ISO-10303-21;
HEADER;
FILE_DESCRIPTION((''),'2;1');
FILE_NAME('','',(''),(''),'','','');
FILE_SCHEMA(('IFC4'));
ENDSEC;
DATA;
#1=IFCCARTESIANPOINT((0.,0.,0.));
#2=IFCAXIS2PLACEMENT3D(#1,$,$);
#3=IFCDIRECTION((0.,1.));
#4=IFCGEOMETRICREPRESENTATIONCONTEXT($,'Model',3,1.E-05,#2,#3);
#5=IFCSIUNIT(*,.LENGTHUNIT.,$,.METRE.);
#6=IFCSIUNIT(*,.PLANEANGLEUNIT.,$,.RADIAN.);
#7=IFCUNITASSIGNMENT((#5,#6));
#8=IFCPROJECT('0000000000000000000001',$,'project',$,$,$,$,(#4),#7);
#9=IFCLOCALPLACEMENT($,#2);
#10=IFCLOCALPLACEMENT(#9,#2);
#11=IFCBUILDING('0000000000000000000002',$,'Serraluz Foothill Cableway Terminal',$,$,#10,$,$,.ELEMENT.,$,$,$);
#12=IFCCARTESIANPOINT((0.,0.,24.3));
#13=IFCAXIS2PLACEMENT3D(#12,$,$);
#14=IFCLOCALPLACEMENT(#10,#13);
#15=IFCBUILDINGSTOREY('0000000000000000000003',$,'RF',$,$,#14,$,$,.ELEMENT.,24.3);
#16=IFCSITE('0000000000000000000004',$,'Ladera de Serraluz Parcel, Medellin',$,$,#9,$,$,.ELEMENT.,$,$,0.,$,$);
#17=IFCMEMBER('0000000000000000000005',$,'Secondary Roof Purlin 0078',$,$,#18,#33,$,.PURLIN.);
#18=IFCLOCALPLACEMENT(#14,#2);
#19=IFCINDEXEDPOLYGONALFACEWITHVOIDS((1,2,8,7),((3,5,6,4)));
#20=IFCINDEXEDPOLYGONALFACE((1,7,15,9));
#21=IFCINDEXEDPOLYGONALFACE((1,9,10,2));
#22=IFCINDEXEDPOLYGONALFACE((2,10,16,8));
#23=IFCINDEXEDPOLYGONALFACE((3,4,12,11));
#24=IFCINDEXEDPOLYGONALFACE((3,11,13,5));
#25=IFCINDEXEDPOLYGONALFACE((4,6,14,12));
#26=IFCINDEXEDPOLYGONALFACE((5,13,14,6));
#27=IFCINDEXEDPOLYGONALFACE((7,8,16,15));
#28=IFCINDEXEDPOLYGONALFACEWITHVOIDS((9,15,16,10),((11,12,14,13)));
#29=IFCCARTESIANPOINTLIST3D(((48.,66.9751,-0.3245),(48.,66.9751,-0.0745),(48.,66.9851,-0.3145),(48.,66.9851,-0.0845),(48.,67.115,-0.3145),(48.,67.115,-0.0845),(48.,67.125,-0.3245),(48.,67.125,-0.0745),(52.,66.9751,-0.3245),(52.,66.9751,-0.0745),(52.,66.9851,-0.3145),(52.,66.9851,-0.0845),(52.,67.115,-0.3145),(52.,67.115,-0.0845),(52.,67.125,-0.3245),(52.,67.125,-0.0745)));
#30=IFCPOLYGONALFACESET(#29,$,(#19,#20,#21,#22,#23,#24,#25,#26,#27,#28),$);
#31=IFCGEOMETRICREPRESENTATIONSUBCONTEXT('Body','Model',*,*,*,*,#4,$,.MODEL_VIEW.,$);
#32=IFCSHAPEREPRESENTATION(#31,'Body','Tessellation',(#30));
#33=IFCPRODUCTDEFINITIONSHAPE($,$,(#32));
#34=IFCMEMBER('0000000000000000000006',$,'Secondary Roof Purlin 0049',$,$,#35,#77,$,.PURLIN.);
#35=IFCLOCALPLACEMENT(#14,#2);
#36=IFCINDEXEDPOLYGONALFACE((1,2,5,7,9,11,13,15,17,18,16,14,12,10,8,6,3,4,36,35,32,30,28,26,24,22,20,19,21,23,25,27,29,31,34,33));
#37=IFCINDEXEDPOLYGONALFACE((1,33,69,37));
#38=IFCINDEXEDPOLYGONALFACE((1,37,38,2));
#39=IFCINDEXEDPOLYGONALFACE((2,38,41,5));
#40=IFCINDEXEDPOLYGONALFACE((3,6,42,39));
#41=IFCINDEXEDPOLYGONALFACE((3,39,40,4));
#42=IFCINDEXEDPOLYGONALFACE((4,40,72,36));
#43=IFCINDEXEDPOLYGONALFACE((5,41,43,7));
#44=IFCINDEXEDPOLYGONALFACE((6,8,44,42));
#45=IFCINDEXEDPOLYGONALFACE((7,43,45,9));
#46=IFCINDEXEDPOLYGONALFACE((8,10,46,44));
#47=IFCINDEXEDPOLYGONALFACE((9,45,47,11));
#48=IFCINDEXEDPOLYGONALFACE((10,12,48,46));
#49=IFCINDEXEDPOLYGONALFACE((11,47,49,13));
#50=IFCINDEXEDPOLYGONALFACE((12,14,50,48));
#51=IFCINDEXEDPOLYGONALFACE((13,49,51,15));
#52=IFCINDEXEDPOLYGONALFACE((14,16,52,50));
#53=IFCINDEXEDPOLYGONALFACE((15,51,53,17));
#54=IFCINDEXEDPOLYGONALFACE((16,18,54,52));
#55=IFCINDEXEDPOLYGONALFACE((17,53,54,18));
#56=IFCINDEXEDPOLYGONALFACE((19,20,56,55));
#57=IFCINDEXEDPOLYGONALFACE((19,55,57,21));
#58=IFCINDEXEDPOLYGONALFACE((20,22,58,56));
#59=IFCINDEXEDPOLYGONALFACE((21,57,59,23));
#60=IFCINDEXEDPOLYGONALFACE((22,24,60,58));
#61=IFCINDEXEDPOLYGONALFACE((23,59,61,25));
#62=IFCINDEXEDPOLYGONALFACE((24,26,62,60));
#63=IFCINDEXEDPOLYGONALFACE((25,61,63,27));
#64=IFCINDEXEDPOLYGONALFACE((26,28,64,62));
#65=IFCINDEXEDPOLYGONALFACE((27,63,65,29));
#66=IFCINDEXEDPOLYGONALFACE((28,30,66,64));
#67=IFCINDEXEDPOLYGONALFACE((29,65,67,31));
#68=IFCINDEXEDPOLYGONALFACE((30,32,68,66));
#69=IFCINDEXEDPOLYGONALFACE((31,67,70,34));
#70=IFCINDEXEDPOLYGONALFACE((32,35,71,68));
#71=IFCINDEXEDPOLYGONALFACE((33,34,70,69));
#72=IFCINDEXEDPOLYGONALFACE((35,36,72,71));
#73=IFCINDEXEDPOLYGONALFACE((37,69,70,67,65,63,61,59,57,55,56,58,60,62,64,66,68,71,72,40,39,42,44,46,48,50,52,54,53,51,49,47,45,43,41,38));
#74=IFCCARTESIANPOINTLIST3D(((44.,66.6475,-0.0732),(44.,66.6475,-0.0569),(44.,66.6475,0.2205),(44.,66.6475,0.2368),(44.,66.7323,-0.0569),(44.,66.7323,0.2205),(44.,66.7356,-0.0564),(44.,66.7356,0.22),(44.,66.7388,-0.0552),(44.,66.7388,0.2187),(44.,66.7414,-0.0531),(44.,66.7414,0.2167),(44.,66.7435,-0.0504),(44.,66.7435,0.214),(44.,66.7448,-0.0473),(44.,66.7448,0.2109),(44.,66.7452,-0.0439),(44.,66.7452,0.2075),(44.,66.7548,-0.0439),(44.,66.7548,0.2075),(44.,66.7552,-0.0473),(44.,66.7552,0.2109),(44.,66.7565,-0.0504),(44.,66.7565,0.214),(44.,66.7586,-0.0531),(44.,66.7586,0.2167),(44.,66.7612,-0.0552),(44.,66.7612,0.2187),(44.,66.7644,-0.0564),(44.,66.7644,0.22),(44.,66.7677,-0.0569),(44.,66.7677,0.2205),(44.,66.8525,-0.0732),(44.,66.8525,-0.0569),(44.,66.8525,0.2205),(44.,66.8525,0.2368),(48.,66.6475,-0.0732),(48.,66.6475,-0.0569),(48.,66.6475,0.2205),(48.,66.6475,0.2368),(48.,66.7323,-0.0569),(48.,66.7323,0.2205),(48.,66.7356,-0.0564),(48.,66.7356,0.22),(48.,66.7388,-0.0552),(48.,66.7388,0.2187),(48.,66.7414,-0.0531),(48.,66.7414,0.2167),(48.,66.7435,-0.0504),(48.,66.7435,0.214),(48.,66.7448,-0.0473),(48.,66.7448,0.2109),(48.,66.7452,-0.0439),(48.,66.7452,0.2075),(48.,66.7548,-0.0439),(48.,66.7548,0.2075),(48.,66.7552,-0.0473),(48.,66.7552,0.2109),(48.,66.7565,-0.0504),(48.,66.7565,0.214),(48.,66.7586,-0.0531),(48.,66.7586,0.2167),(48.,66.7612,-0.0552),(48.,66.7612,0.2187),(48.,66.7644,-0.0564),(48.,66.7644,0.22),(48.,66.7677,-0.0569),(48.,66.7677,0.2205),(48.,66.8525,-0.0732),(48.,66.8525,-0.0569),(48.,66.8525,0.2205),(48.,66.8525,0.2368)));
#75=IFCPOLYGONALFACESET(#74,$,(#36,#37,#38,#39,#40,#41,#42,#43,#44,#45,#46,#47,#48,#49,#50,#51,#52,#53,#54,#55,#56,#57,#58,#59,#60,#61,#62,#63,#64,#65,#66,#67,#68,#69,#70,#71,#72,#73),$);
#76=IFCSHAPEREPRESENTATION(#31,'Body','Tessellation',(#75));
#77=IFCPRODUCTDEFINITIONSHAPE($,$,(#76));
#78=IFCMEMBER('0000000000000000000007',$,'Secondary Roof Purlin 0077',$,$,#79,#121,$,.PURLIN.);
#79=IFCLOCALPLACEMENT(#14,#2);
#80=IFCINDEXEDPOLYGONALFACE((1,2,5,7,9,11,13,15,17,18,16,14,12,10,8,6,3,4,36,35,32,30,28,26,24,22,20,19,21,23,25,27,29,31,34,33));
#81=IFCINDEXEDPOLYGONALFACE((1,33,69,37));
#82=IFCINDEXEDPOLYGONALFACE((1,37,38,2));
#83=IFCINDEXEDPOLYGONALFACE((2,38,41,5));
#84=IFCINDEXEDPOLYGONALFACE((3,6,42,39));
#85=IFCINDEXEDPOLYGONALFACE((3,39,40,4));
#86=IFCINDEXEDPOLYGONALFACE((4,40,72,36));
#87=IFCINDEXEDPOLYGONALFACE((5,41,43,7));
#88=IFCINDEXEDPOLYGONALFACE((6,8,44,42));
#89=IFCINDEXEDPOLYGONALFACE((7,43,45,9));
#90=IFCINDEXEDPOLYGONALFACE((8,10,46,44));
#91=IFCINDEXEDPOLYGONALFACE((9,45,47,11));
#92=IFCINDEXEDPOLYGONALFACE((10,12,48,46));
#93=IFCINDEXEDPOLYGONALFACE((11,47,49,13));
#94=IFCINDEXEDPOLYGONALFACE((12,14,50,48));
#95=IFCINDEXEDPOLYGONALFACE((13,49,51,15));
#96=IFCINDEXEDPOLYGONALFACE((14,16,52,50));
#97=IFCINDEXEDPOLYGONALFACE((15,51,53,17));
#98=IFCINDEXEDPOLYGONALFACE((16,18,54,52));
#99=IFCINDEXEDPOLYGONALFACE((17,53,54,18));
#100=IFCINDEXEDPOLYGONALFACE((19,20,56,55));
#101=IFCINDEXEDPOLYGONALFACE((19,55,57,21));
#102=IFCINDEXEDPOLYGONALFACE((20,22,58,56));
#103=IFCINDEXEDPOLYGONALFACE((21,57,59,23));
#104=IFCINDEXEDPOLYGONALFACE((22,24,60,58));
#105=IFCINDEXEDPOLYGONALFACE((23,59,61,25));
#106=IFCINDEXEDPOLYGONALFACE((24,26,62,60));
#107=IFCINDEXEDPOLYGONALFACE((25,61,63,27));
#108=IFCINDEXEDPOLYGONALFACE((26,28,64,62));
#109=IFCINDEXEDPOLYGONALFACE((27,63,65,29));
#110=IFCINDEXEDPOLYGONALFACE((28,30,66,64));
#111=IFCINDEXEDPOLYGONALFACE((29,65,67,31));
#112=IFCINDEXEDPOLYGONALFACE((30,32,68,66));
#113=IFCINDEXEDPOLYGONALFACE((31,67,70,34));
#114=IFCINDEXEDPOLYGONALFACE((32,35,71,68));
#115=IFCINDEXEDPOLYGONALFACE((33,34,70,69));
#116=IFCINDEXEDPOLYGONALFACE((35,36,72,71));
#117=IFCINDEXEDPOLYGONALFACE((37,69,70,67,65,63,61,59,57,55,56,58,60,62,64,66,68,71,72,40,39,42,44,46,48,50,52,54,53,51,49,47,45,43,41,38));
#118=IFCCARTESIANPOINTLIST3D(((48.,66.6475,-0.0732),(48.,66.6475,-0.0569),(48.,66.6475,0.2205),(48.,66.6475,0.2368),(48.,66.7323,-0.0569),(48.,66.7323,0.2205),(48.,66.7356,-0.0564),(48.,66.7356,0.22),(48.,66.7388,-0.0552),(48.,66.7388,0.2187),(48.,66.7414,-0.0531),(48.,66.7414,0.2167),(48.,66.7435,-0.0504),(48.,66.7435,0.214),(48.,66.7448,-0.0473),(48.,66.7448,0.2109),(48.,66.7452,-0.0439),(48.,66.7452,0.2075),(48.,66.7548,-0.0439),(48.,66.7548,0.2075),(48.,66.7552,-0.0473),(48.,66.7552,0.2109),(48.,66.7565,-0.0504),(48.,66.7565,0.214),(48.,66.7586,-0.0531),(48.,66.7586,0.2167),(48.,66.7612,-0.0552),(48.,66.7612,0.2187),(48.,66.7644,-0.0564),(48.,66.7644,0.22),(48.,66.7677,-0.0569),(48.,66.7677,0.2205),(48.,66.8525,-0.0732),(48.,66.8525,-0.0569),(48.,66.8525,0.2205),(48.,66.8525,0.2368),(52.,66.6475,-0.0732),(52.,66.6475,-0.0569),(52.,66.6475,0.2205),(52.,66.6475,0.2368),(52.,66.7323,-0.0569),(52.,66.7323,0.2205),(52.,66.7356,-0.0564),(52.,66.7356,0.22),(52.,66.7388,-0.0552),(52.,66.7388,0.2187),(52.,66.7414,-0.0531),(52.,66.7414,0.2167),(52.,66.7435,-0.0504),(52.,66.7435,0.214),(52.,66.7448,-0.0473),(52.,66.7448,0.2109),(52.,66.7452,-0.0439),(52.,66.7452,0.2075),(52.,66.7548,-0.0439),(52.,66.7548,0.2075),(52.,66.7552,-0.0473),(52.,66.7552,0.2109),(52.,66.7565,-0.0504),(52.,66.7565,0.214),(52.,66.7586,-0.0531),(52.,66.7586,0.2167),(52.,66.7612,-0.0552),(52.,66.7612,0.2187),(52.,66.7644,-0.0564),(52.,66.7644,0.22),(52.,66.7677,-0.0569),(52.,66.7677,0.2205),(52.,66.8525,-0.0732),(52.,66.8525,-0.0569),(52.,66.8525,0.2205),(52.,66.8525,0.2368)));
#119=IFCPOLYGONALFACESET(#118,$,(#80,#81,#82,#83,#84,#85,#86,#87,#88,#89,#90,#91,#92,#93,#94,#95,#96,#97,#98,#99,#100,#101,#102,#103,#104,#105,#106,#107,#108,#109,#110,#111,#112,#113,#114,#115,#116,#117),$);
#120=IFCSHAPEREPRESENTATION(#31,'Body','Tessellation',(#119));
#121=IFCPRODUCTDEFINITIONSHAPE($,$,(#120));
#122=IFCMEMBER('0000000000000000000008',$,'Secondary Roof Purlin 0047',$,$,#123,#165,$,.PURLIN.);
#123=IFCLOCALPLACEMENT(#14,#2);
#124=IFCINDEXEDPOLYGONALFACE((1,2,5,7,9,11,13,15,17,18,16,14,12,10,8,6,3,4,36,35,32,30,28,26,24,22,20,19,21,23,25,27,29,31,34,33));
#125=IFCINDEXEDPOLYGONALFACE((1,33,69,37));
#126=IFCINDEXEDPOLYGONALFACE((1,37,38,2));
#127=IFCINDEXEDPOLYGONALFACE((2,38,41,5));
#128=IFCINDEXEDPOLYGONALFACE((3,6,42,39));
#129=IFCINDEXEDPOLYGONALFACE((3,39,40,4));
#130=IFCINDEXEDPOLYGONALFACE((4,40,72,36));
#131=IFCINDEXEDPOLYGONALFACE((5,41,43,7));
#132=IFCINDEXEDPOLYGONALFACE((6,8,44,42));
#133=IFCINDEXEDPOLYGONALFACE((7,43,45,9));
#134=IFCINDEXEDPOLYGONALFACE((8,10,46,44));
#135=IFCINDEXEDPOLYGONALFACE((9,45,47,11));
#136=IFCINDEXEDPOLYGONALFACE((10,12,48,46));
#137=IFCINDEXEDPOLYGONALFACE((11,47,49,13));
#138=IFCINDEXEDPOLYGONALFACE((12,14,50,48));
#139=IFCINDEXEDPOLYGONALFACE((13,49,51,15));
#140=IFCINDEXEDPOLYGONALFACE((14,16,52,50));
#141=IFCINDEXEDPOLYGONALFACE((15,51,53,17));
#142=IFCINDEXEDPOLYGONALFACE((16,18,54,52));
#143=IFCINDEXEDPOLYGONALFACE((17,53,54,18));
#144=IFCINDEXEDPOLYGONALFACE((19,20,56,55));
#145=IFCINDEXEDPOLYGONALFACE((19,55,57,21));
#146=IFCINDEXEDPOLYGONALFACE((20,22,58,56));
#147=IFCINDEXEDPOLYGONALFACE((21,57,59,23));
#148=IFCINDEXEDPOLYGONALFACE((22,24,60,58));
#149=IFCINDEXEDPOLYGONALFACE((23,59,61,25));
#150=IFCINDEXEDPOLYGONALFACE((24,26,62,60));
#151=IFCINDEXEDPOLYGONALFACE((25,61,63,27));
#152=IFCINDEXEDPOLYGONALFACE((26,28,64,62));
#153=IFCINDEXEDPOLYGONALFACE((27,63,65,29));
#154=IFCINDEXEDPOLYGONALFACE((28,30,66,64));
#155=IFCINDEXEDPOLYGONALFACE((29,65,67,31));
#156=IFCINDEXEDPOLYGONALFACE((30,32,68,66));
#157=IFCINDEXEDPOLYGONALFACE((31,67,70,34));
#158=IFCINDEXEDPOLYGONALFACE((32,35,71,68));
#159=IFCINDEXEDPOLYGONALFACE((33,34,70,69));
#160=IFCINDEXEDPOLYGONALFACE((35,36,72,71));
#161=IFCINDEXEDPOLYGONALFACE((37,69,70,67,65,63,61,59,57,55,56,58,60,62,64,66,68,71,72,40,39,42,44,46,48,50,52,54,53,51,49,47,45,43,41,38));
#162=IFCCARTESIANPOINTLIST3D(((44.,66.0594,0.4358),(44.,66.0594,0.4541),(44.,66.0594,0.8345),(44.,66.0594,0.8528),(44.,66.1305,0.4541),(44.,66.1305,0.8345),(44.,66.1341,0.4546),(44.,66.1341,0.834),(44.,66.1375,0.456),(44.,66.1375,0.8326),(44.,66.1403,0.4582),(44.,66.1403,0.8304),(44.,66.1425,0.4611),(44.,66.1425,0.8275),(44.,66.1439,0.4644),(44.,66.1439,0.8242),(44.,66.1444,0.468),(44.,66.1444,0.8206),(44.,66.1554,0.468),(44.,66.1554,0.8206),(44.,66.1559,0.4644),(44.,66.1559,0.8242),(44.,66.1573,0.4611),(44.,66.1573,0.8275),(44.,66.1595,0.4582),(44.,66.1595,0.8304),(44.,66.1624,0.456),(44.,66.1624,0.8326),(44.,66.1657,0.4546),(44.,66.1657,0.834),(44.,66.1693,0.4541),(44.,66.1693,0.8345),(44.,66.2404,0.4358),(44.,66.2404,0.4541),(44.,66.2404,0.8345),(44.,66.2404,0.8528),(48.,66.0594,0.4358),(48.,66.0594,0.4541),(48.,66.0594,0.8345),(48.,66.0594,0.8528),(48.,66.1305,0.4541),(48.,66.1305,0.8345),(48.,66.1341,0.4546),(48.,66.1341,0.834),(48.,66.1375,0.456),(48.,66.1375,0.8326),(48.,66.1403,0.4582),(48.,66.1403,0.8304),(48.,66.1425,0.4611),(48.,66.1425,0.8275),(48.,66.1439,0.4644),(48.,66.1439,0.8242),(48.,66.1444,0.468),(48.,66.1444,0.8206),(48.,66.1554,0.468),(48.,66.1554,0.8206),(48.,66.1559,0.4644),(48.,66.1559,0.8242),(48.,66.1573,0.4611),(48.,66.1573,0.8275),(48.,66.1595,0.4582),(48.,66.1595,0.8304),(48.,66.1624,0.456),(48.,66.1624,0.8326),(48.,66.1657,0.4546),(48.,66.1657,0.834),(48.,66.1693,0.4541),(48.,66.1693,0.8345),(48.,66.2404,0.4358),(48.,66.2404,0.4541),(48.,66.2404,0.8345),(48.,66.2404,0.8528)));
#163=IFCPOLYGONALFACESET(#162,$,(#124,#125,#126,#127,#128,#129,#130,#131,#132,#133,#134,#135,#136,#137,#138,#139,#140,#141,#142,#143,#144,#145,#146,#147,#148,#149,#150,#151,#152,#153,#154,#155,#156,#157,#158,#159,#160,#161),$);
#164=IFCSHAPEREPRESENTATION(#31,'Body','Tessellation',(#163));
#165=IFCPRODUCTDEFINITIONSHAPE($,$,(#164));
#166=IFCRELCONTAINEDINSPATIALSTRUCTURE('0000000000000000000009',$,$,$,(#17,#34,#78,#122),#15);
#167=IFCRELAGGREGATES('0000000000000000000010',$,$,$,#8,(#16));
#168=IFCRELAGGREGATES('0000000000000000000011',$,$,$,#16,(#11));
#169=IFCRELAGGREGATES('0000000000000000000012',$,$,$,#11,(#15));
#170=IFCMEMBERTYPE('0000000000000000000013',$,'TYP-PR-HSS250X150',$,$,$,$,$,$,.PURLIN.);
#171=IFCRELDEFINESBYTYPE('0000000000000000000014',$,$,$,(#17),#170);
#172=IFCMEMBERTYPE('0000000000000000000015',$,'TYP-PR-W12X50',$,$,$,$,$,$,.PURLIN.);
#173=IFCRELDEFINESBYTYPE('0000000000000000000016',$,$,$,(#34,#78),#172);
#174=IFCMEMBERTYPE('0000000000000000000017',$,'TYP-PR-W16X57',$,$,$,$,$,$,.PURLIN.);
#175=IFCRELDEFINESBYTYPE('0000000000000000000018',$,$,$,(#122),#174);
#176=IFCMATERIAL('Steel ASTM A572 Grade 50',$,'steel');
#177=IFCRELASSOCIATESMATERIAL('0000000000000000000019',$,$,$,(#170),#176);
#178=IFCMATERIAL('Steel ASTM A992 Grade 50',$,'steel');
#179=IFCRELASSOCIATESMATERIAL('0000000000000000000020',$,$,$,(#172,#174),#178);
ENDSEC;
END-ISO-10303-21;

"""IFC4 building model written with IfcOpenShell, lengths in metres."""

from ifc_helpers import new_model, si_unit, direction, frame, origin, origin_2d, place, context, subcontext, project, spatial, hollow_rectangle, i_section, extrude, material, material_profile, profile_set, type_object, element, save


model = new_model("IFC4")

# Units and contexts
model_context = context("Model", 3, precision=1e-05, world=origin(), true_north=direction((0.0, 1.0)))
body_context = subcontext(model_context, "Body", "Model", "MODEL_VIEW")
ifc_project = project(units=[si_unit("LENGTHUNIT", "METRE"), si_unit("PLANEANGLEUNIT", "RADIAN")], contexts=[model_context])

# Site, building, storey
site_placement = place(None, origin())
site = spatial("IfcSite", under=ifc_project, at=site_placement, Name="Ladera de Serraluz Parcel, Medellin", CompositionType="ELEMENT", RefElevation=0.0)
building_placement = place(site_placement, origin())
building = spatial("IfcBuilding", under=site, at=building_placement, Name="Serraluz Foothill Cableway Terminal", CompositionType="ELEMENT")
storey_placement = place(building_placement, frame((0.0, 0.0, 24.3)))
storey = spatial("IfcBuildingStorey", under=building, at=storey_placement, Name="RF", CompositionType="ELEMENT", Elevation=24.3)

# Members
ifc_material_1 = material(Name="Steel ASTM A572 Grade 50", Category="steel")
ifc_material_profile_1 = material_profile(ifc_material_1, hollow_rectangle(XDim=0.1499, YDim=0.25, WallThickness=0.01, at=origin_2d()), Name="HSS250X150X10")
ifc_profile_set_1 = profile_set([ifc_material_profile_1], Name="Steel ASTM A572 Grade 50")
member_type_1 = type_object("IfcMemberType", Name="TYP-PR-HSS250X150", PredefinedType="PURLIN", material=ifc_profile_set_1)
for number, where, z_axis, x_axis, name in (
    (1, (48.0, 67.05, -0.1995), (1.0, 0.0, 0.0), (0.0, 1.0, 0.0), "Secondary Roof Purlin 0078"),
):
    element("IfcMember", number, at=place(storey_placement, frame(where, z_axis=z_axis, x_axis=x_axis)), inside=storey, type_object=member_type_1, Name=name, PredefinedType="PURLIN", context=body_context, shape_type="SweptSolid", body=[
        extrude(hollow_rectangle(XDim=0.1499, YDim=0.25, WallThickness=0.01, at=origin_2d()), origin(), (0.0, 0.0, 1.0), 4.0),
    ])
ifc_material_2 = material(Name="Steel ASTM A992 Grade 50", Category="steel")
ifc_material_profile_2 = material_profile(ifc_material_2, i_section(OverallWidth=0.2051, OverallDepth=0.3101, WebThickness=0.0095, FlangeThickness=0.0164, FilletRadius=0.0129, at=origin_2d()), Name="W12X50")
ifc_profile_set_2 = profile_set([ifc_material_profile_2], Name="Steel ASTM A992 Grade 50")
member_type_2 = type_object("IfcMemberType", Name="TYP-PR-W12X50", PredefinedType="PURLIN", material=ifc_profile_set_2)
for number, where, z_axis, x_axis, name in (
    (2, (44.0, 66.75, 0.0818), (1.0, 0.0, 0.0), (0.0, 1.0, 0.0), "Secondary Roof Purlin 0049"),
    (3, (48.0, 66.75, 0.0818), (1.0, 0.0, 0.0), (0.0, 1.0, 0.0), "Secondary Roof Purlin 0077"),
):
    element("IfcMember", number, at=place(storey_placement, frame(where, z_axis=z_axis, x_axis=x_axis)), inside=storey, type_object=member_type_2, Name=name, PredefinedType="PURLIN", context=body_context, shape_type="SweptSolid", body=[
        extrude(i_section(OverallWidth=0.2051, OverallDepth=0.3101, WebThickness=0.0095, FlangeThickness=0.0164, FilletRadius=0.0129, at=origin_2d()), origin(), (0.0, 0.0, 1.0), 4.0),
    ])
ifc_material_profile_3 = material_profile(ifc_material_2, i_section(OverallWidth=0.1809, OverallDepth=0.417, WebThickness=0.011, FlangeThickness=0.0183, FilletRadius=0.0139, at=origin_2d()), Name="W16X57")
ifc_profile_set_3 = profile_set([ifc_material_profile_3], Name="Steel ASTM A992 Grade 50")
member_type_3 = type_object("IfcMemberType", Name="TYP-PR-W16X57", PredefinedType="PURLIN", material=ifc_profile_set_3)
for number, where, z_axis, x_axis, name in (
    (4, (44.0, 66.1499, 0.6443), (1.0, 0.0, 0.0), (0.0, 1.0, 0.0), "Secondary Roof Purlin 0047"),
):
    element("IfcMember", number, at=place(storey_placement, frame(where, z_axis=z_axis, x_axis=x_axis)), inside=storey, type_object=member_type_3, Name=name, PredefinedType="PURLIN", context=body_context, shape_type="SweptSolid", body=[
        extrude(i_section(OverallWidth=0.1809, OverallDepth=0.417, WebThickness=0.011, FlangeThickness=0.0183, FilletRadius=0.0139, at=origin_2d()), origin(), (0.0, 0.0, 1.0), 4.0),
    ])

save(model, "model.ifc")
